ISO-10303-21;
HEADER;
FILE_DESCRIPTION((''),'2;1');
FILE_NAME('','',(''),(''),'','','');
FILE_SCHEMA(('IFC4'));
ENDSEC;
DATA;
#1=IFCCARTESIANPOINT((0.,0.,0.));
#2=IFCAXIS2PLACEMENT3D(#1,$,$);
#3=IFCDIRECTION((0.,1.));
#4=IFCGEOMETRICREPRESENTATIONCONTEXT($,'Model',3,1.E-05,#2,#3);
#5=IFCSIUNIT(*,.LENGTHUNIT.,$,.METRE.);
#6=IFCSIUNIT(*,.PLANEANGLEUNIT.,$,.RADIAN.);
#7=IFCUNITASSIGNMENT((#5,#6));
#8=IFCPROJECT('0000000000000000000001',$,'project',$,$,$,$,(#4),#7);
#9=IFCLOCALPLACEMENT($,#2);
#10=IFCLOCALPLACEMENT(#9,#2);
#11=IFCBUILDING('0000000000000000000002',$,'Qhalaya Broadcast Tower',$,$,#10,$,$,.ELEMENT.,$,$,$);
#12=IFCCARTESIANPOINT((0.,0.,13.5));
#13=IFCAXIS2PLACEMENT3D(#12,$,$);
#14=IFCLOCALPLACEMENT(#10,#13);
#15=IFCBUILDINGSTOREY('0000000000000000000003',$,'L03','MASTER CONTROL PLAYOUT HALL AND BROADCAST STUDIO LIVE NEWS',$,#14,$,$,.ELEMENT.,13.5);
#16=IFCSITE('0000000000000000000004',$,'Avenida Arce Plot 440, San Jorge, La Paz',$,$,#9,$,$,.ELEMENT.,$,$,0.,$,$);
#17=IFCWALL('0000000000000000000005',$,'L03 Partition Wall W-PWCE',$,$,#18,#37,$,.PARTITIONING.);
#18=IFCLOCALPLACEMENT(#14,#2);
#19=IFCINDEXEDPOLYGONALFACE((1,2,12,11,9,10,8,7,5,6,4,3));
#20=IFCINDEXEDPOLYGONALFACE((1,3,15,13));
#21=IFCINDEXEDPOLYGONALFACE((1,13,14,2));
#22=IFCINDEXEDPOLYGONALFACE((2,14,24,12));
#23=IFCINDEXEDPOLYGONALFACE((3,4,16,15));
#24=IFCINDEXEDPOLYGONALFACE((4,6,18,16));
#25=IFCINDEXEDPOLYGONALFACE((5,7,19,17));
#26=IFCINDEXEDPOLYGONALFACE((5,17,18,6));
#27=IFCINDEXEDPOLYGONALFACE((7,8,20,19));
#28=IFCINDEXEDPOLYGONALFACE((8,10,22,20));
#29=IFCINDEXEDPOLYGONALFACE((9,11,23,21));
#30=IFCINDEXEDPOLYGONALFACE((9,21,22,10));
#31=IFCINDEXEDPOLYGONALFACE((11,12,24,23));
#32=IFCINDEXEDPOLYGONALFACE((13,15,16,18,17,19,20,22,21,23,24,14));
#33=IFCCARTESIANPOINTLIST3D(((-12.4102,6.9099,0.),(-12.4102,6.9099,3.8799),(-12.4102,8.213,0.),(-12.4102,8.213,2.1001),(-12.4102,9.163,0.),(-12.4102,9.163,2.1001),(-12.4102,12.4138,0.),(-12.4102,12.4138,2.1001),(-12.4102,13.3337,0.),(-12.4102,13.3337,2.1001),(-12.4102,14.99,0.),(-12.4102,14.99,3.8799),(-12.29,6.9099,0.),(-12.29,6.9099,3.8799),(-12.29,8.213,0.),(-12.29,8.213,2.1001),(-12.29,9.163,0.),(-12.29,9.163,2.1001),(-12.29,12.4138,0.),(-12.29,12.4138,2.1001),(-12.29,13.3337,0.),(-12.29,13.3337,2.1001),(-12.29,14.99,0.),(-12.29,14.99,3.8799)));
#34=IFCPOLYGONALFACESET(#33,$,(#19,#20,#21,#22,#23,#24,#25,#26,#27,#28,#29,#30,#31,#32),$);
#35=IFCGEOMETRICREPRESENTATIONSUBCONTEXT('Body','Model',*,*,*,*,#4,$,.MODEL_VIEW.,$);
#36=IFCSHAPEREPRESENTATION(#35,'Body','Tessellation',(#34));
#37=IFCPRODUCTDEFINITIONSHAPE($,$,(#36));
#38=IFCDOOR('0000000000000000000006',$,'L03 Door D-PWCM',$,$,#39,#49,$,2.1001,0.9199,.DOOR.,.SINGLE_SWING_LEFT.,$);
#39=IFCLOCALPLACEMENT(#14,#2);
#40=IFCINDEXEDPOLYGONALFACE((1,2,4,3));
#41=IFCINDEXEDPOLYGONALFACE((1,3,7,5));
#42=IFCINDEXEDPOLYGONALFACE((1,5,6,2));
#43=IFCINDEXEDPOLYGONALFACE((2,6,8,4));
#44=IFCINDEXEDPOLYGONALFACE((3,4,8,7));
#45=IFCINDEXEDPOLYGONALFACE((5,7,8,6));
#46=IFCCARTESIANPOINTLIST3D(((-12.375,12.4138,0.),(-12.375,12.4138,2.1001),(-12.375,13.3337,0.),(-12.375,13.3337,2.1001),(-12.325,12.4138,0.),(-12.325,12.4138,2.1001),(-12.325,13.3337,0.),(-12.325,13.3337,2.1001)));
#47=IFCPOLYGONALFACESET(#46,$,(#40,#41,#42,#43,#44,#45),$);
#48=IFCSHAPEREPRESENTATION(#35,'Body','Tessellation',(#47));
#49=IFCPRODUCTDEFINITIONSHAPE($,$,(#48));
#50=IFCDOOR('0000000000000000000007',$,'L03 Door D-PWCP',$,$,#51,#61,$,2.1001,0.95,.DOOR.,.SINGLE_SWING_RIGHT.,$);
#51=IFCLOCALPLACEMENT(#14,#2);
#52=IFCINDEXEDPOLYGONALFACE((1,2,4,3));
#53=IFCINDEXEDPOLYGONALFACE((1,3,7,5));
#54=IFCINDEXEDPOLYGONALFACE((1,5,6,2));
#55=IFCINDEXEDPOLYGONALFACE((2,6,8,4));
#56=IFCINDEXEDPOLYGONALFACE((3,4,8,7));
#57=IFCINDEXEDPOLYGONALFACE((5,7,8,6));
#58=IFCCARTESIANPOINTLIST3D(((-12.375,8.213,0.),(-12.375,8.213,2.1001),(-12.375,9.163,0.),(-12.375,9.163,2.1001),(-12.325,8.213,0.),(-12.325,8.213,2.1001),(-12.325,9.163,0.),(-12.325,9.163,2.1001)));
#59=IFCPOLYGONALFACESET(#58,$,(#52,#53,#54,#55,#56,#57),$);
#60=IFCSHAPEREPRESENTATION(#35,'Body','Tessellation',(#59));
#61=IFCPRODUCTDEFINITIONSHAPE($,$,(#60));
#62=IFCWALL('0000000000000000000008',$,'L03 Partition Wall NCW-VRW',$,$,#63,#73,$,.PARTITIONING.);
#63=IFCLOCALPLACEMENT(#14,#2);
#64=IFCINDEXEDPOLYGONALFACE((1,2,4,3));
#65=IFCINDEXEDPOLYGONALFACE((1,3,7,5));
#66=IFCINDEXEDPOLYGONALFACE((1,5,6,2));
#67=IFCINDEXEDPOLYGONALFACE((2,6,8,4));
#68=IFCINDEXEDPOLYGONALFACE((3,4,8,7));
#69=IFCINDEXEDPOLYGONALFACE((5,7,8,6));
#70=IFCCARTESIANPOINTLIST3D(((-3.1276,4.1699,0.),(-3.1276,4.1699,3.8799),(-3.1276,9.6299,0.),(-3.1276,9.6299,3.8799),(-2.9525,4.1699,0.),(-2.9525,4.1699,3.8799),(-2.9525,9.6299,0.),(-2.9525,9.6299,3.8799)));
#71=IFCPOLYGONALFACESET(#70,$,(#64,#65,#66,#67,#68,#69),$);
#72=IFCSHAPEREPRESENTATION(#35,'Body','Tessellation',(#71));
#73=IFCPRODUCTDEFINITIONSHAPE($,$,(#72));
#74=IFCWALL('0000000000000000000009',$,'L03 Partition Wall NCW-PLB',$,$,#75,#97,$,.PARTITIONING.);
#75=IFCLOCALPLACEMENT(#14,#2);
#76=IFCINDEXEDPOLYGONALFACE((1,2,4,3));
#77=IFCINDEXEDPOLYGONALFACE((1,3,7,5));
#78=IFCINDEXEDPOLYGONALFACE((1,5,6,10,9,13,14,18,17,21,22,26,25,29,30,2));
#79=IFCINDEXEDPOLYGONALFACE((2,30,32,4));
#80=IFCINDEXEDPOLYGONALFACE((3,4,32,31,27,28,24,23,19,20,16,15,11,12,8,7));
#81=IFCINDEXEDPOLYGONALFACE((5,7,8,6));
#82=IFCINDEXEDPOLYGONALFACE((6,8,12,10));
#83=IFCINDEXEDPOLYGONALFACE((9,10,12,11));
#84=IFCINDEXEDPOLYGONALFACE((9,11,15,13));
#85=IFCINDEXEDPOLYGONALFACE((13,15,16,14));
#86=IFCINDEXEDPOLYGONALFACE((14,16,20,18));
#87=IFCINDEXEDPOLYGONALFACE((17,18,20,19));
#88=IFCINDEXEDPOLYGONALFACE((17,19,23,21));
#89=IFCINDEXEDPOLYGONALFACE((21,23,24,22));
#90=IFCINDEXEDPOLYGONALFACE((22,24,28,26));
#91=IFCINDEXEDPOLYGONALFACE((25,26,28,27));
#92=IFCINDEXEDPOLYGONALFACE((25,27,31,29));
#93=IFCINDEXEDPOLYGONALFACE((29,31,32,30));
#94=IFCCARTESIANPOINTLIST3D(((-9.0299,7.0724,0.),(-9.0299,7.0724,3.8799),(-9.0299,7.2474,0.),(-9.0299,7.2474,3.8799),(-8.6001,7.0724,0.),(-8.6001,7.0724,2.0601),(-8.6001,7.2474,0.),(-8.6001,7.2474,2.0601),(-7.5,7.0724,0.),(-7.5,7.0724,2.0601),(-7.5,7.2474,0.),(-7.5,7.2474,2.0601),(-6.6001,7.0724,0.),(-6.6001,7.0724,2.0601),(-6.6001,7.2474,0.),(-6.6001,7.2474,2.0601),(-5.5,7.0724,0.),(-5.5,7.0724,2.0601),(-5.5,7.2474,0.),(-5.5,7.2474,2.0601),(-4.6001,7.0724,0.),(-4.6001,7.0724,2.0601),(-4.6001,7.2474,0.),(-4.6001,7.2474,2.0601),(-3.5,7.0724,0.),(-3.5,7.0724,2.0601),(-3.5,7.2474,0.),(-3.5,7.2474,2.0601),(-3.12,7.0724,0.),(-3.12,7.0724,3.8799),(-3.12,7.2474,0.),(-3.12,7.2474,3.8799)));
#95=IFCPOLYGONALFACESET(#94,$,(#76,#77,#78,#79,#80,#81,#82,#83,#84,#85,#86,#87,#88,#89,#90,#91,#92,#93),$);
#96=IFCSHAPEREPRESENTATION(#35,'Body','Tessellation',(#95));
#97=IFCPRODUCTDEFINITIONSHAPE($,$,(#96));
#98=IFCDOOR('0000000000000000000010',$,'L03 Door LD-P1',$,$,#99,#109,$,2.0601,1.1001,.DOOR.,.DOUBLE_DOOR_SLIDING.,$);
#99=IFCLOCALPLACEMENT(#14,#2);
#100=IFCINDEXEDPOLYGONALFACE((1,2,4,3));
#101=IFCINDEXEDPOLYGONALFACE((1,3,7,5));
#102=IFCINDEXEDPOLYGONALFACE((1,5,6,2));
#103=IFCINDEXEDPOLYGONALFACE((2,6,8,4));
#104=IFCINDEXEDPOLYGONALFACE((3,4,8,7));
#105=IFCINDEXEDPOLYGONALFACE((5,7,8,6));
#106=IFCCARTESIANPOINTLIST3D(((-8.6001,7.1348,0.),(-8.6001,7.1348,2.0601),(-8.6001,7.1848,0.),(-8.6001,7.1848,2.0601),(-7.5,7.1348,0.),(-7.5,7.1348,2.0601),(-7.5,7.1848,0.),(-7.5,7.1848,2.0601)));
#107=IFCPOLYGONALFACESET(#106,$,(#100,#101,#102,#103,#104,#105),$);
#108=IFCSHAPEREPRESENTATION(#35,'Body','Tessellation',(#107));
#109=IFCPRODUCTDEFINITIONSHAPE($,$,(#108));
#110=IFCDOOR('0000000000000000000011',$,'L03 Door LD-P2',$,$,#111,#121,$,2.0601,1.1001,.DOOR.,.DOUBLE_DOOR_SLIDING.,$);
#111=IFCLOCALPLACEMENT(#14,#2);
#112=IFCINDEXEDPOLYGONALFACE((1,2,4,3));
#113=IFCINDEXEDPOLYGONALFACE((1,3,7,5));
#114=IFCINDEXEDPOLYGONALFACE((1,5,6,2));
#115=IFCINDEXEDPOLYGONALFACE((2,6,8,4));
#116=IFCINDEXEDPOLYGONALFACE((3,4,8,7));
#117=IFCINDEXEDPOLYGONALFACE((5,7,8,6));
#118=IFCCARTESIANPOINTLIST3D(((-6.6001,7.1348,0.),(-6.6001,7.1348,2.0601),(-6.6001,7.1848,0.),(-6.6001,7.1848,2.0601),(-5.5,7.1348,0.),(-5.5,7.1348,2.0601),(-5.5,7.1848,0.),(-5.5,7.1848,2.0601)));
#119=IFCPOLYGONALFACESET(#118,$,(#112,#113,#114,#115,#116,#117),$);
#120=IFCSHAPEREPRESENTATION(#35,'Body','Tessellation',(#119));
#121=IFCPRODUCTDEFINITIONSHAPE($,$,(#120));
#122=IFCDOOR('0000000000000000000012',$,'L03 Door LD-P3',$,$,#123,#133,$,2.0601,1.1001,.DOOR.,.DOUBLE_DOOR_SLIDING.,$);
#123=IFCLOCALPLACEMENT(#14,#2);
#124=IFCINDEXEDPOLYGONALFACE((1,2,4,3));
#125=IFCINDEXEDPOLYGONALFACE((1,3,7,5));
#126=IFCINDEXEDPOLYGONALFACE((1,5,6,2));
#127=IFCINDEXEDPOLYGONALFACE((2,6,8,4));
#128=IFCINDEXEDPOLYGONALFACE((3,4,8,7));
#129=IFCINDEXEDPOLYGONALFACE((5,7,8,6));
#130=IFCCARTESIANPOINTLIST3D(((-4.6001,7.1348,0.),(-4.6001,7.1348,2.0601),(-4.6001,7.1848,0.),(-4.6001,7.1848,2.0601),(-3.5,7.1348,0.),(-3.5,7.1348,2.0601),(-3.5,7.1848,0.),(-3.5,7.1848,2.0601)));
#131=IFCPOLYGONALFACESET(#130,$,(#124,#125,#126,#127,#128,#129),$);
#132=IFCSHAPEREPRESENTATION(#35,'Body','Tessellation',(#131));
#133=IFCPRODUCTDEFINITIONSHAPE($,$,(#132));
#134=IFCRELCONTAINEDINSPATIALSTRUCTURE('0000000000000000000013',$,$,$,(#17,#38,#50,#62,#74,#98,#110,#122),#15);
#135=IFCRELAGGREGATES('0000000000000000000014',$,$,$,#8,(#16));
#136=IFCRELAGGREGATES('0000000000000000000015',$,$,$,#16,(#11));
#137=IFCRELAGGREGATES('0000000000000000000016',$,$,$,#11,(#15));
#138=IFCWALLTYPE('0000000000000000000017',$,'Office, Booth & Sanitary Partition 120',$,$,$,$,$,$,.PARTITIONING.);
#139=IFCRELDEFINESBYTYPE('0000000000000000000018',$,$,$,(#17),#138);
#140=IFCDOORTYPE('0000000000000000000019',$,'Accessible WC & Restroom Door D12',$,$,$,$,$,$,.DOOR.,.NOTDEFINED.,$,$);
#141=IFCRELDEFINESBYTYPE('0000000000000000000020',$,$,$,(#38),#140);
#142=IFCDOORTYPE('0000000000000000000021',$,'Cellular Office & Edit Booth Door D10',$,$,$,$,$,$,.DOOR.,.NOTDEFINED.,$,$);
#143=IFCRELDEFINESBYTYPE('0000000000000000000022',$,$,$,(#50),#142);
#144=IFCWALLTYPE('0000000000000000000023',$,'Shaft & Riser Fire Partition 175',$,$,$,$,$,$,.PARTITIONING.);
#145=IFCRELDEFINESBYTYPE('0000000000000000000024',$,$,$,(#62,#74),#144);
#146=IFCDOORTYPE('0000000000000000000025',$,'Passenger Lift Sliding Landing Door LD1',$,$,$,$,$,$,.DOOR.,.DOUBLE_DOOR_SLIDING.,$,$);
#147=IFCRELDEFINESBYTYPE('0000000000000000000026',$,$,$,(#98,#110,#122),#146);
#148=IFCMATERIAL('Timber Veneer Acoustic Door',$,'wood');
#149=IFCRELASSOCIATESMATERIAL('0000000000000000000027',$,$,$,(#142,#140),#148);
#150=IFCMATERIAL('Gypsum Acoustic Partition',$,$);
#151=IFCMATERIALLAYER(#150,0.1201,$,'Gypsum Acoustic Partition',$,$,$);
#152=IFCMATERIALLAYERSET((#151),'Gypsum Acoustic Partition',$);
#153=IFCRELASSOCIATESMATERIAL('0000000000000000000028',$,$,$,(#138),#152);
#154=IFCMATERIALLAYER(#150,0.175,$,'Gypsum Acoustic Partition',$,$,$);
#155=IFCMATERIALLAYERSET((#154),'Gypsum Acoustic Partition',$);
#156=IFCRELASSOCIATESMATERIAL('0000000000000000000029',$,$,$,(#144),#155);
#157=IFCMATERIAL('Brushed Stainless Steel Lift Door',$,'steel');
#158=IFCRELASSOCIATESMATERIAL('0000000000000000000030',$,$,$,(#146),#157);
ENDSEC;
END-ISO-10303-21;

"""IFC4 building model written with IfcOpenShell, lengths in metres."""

from ifc_helpers import new_model, si_unit, direction, frame, frame_2d, origin, place, context, subcontext, project, spatial, rectangle, extrude, material, layer, layer_set, type_object, element, fill, save


model = new_model("IFC4")

# Units and contexts
model_context = context("Model", 3, precision=1e-05, world=origin(), true_north=direction((0.0, 1.0)))
body_context = subcontext(model_context, "Body", "Model", "MODEL_VIEW")
ifc_project = project(units=[si_unit("LENGTHUNIT", "METRE"), si_unit("PLANEANGLEUNIT", "RADIAN")], contexts=[model_context])

# Site, building, storey
site_placement = place(None, origin())
site = spatial("IfcSite", under=ifc_project, at=site_placement, Name="Avenida Arce Plot 440, San Jorge, La Paz", CompositionType="ELEMENT", RefElevation=0.0)
building_placement = place(site_placement, origin())
building = spatial("IfcBuilding", under=site, at=building_placement, Name="Qhalaya Broadcast Tower", CompositionType="ELEMENT")
storey_placement = place(building_placement, frame((0.0, 0.0, 13.5)))
storey = spatial("IfcBuildingStorey", under=building, at=storey_placement, Name="L03", Description="MASTER CONTROL PLAYOUT HALL AND BROADCAST STUDIO LIVE NEWS", CompositionType="ELEMENT", Elevation=13.5)

# Shared definitions
ifc_material_1 = material(Name="Timber Veneer Acoustic Door", Category="wood")
door_type_1 = type_object("IfcDoorType", Name="Cellular Office & Edit Booth Door D10", OperationType="NOTDEFINED", PredefinedType="DOOR", material=ifc_material_1)

# Shared definitions
ifc_material_2 = material(Name="Gypsum Acoustic Partition")
ifc_layer_1 = layer(ifc_material_2, 0.1201, Name="Gypsum Acoustic Partition")
ifc_layer_set_1 = layer_set([ifc_layer_1], Name="Gypsum Acoustic Partition")
wall_type_1 = type_object("IfcWallType", Name="Office, Booth & Sanitary Partition 120", PredefinedType="PARTITIONING", material=ifc_layer_set_1)

# Wall, openings, doors
wall_1_placement = place(storey_placement, frame((-12.3501, 6.9099, 0.0), z_axis=(0.0, 0.0, 1.0), x_axis=(0.0, 1.0, 0.0)))
wall_1 = element("IfcWall", 1, at=wall_1_placement, inside=storey, type_object=wall_type_1, Name="L03 Partition Wall W-PWCE", PredefinedType="PARTITIONING", context=body_context, shape_type="SweptSolid", body=[
    extrude(rectangle(XDim=8.0801, YDim=0.1201, at=frame_2d((4.04, 0.0))), origin(), (0.0, 0.0, 1.0), 3.8799),
])
opening_1_placement = place(wall_1_placement, frame((1.303, 0.0, 0.0)))
opening_1 = element("IfcOpeningElement", 2, at=opening_1_placement, cuts=wall_1, PredefinedType="OPENING", context=body_context, shape_type="SweptSolid", body=[
    extrude(rectangle(XDim=0.95, YDim=2.1001, at=frame_2d((0.4751, 1.05))), frame((0.0, 0.072, 0.0), z_axis=(0.0, -1.0, 0.0), x_axis=(1.0, 0.0, 0.0)), (0.0, 0.0, 1.0), 0.144),
])
opening_2_placement = place(wall_1_placement, frame((5.5039, 0.0, 0.0)))
opening_2 = element("IfcOpeningElement", 3, at=opening_2_placement, cuts=wall_1, PredefinedType="OPENING", context=body_context, shape_type="SweptSolid", body=[
    extrude(rectangle(XDim=0.9199, YDim=2.1001, at=frame_2d((0.46, 1.05))), frame((0.0, 0.072, 0.0), z_axis=(0.0, -1.0, 0.0), x_axis=(1.0, 0.0, 0.0)), (0.0, 0.0, 1.0), 0.144),
])
door_type_2 = type_object("IfcDoorType", Name="Accessible WC & Restroom Door D12", OperationType="NOTDEFINED", PredefinedType="DOOR", material=ifc_material_1)
door_1_placement = place(opening_2_placement, origin())
door_1 = element("IfcDoor", 4, at=door_1_placement, inside=storey, type_object=door_type_2, Name="L03 Door D-PWCM", OperationType="SINGLE_SWING_LEFT", OverallHeight=2.1001, OverallWidth=0.9199, PredefinedType="DOOR", context=body_context, shape_type="SweptSolid", body=[
    extrude(rectangle(XDim=0.9199, YDim=2.1001, at=frame_2d((0.46, 1.05))), frame((0.0, 0.0249, 0.0), z_axis=(0.0, -1.0, 0.0), x_axis=(1.0, 0.0, 0.0)), (0.0, 0.0, 1.0), 0.05),
])
fill(opening_2, door_1)
door_2_placement = place(opening_1_placement, origin())
door_2 = element("IfcDoor", 5, at=door_2_placement, inside=storey, type_object=door_type_1, Name="L03 Door D-PWCP", OperationType="SINGLE_SWING_RIGHT", OverallHeight=2.1001, OverallWidth=0.95, PredefinedType="DOOR", context=body_context, shape_type="SweptSolid", body=[
    extrude(rectangle(XDim=0.95, YDim=2.1001, at=frame_2d((0.4751, 1.05))), frame((0.0, 0.0249, 0.0), z_axis=(0.0, -1.0, 0.0), x_axis=(1.0, 0.0, 0.0)), (0.0, 0.0, 1.0), 0.05),
])
fill(opening_1, door_2)

# Wall
ifc_layer_2 = layer(ifc_material_2, 0.175, Name="Gypsum Acoustic Partition")
ifc_layer_set_2 = layer_set([ifc_layer_2], Name="Gypsum Acoustic Partition")
wall_type_2 = type_object("IfcWallType", Name="Shaft & Riser Fire Partition 175", PredefinedType="PARTITIONING", material=ifc_layer_set_2)
wall_2_placement = place(storey_placement, frame((-3.04, 4.1699, 0.0), z_axis=(0.0, 0.0, 1.0), x_axis=(0.0, 1.0, 0.0)))
element("IfcWall", 6, at=wall_2_placement, inside=storey, type_object=wall_type_2, Name="L03 Partition Wall NCW-VRW", PredefinedType="PARTITIONING", context=body_context, shape_type="SweptSolid", body=[
    extrude(rectangle(XDim=5.46, YDim=0.175, at=frame_2d((2.73, 0.0))), origin(), (0.0, 0.0, 1.0), 3.8799),
])

# Wall, openings, doors
wall_3_placement = place(storey_placement, frame((-9.03, 7.1599, 0.0), z_axis=(0.0, 0.0, 1.0), x_axis=(1.0, 0.0, 0.0)))
wall_3 = element("IfcWall", 7, at=wall_3_placement, inside=storey, type_object=wall_type_2, Name="L03 Partition Wall NCW-PLB", PredefinedType="PARTITIONING", context=body_context, shape_type="SweptSolid", body=[
    extrude(rectangle(XDim=5.9099, YDim=0.175, at=frame_2d((2.9551, 0.0))), origin(), (0.0, 0.0, 1.0), 3.8799),
])
opening_3_placement = place(wall_3_placement, frame((0.4299, 0.0, 0.0)))
opening_3 = element("IfcOpeningElement", 8, at=opening_3_placement, cuts=wall_3, PredefinedType="OPENING", context=body_context, shape_type="SweptSolid", body=[
    extrude(rectangle(XDim=1.1001, YDim=2.0601, at=frame_2d((0.55, 1.03))), frame((0.0, 0.0996, 0.0), z_axis=(0.0, -1.0, 0.0), x_axis=(1.0, 0.0, 0.0)), (0.0, 0.0, 1.0), 0.199),
])
opening_4_placement = place(wall_3_placement, frame((2.4299, 0.0, 0.0)))
opening_4 = element("IfcOpeningElement", 9, at=opening_4_placement, cuts=wall_3, PredefinedType="OPENING", context=body_context, shape_type="SweptSolid", body=[
    extrude(rectangle(XDim=1.1001, YDim=2.0601, at=frame_2d((0.55, 1.03))), frame((0.0, 0.0996, 0.0), z_axis=(0.0, -1.0, 0.0), x_axis=(1.0, 0.0, 0.0)), (0.0, 0.0, 1.0), 0.199),
])
opening_5_placement = place(wall_3_placement, frame((4.4299, 0.0, 0.0)))
opening_5 = element("IfcOpeningElement", 10, at=opening_5_placement, cuts=wall_3, PredefinedType="OPENING", context=body_context, shape_type="SweptSolid", body=[
    extrude(rectangle(XDim=1.1001, YDim=2.0601, at=frame_2d((0.55, 1.03))), frame((0.0, 0.0996, 0.0), z_axis=(0.0, -1.0, 0.0), x_axis=(1.0, 0.0, 0.0)), (0.0, 0.0, 1.0), 0.199),
])
ifc_material_3 = material(Name="Brushed Stainless Steel Lift Door", Category="steel")
door_type_3 = type_object("IfcDoorType", Name="Passenger Lift Sliding Landing Door LD1", OperationType="DOUBLE_DOOR_SLIDING", PredefinedType="DOOR", material=ifc_material_3)
door_3_placement = place(opening_3_placement, origin())
door_3 = element("IfcDoor", 11, at=door_3_placement, inside=storey, type_object=door_type_3, Name="L03 Door LD-P1", OperationType="DOUBLE_DOOR_SLIDING", OverallHeight=2.0601, OverallWidth=1.1001, PredefinedType="DOOR", context=body_context, shape_type="SweptSolid", body=[
    extrude(rectangle(XDim=1.1001, YDim=2.0601, at=frame_2d((0.55, 1.03))), frame((0.0, 0.0249, 0.0), z_axis=(0.0, -1.0, 0.0), x_axis=(1.0, 0.0, 0.0)), (0.0, 0.0, 1.0), 0.05),
])
fill(opening_3, door_3)
door_4_placement = place(opening_4_placement, origin())
door_4 = element("IfcDoor", 12, at=door_4_placement, inside=storey, type_object=door_type_3, Name="L03 Door LD-P2", OperationType="DOUBLE_DOOR_SLIDING", OverallHeight=2.0601, OverallWidth=1.1001, PredefinedType="DOOR", context=body_context, shape_type="SweptSolid", body=[
    extrude(rectangle(XDim=1.1001, YDim=2.0601, at=frame_2d((0.55, 1.03))), frame((0.0, 0.0249, 0.0), z_axis=(0.0, -1.0, 0.0), x_axis=(1.0, 0.0, 0.0)), (0.0, 0.0, 1.0), 0.05),
])
fill(opening_4, door_4)
door_5_placement = place(opening_5_placement, origin())
door_5 = element("IfcDoor", 13, at=door_5_placement, inside=storey, type_object=door_type_3, Name="L03 Door LD-P3", OperationType="DOUBLE_DOOR_SLIDING", OverallHeight=2.0601, OverallWidth=1.1001, PredefinedType="DOOR", context=body_context, shape_type="SweptSolid", body=[
    extrude(rectangle(XDim=1.1001, YDim=2.0601, at=frame_2d((0.55, 1.03))), frame((0.0, 0.0249, 0.0), z_axis=(0.0, -1.0, 0.0), x_axis=(1.0, 0.0, 0.0)), (0.0, 0.0, 1.0), 0.05),
])
fill(opening_5, door_5)

save(model, "model.ifc")
